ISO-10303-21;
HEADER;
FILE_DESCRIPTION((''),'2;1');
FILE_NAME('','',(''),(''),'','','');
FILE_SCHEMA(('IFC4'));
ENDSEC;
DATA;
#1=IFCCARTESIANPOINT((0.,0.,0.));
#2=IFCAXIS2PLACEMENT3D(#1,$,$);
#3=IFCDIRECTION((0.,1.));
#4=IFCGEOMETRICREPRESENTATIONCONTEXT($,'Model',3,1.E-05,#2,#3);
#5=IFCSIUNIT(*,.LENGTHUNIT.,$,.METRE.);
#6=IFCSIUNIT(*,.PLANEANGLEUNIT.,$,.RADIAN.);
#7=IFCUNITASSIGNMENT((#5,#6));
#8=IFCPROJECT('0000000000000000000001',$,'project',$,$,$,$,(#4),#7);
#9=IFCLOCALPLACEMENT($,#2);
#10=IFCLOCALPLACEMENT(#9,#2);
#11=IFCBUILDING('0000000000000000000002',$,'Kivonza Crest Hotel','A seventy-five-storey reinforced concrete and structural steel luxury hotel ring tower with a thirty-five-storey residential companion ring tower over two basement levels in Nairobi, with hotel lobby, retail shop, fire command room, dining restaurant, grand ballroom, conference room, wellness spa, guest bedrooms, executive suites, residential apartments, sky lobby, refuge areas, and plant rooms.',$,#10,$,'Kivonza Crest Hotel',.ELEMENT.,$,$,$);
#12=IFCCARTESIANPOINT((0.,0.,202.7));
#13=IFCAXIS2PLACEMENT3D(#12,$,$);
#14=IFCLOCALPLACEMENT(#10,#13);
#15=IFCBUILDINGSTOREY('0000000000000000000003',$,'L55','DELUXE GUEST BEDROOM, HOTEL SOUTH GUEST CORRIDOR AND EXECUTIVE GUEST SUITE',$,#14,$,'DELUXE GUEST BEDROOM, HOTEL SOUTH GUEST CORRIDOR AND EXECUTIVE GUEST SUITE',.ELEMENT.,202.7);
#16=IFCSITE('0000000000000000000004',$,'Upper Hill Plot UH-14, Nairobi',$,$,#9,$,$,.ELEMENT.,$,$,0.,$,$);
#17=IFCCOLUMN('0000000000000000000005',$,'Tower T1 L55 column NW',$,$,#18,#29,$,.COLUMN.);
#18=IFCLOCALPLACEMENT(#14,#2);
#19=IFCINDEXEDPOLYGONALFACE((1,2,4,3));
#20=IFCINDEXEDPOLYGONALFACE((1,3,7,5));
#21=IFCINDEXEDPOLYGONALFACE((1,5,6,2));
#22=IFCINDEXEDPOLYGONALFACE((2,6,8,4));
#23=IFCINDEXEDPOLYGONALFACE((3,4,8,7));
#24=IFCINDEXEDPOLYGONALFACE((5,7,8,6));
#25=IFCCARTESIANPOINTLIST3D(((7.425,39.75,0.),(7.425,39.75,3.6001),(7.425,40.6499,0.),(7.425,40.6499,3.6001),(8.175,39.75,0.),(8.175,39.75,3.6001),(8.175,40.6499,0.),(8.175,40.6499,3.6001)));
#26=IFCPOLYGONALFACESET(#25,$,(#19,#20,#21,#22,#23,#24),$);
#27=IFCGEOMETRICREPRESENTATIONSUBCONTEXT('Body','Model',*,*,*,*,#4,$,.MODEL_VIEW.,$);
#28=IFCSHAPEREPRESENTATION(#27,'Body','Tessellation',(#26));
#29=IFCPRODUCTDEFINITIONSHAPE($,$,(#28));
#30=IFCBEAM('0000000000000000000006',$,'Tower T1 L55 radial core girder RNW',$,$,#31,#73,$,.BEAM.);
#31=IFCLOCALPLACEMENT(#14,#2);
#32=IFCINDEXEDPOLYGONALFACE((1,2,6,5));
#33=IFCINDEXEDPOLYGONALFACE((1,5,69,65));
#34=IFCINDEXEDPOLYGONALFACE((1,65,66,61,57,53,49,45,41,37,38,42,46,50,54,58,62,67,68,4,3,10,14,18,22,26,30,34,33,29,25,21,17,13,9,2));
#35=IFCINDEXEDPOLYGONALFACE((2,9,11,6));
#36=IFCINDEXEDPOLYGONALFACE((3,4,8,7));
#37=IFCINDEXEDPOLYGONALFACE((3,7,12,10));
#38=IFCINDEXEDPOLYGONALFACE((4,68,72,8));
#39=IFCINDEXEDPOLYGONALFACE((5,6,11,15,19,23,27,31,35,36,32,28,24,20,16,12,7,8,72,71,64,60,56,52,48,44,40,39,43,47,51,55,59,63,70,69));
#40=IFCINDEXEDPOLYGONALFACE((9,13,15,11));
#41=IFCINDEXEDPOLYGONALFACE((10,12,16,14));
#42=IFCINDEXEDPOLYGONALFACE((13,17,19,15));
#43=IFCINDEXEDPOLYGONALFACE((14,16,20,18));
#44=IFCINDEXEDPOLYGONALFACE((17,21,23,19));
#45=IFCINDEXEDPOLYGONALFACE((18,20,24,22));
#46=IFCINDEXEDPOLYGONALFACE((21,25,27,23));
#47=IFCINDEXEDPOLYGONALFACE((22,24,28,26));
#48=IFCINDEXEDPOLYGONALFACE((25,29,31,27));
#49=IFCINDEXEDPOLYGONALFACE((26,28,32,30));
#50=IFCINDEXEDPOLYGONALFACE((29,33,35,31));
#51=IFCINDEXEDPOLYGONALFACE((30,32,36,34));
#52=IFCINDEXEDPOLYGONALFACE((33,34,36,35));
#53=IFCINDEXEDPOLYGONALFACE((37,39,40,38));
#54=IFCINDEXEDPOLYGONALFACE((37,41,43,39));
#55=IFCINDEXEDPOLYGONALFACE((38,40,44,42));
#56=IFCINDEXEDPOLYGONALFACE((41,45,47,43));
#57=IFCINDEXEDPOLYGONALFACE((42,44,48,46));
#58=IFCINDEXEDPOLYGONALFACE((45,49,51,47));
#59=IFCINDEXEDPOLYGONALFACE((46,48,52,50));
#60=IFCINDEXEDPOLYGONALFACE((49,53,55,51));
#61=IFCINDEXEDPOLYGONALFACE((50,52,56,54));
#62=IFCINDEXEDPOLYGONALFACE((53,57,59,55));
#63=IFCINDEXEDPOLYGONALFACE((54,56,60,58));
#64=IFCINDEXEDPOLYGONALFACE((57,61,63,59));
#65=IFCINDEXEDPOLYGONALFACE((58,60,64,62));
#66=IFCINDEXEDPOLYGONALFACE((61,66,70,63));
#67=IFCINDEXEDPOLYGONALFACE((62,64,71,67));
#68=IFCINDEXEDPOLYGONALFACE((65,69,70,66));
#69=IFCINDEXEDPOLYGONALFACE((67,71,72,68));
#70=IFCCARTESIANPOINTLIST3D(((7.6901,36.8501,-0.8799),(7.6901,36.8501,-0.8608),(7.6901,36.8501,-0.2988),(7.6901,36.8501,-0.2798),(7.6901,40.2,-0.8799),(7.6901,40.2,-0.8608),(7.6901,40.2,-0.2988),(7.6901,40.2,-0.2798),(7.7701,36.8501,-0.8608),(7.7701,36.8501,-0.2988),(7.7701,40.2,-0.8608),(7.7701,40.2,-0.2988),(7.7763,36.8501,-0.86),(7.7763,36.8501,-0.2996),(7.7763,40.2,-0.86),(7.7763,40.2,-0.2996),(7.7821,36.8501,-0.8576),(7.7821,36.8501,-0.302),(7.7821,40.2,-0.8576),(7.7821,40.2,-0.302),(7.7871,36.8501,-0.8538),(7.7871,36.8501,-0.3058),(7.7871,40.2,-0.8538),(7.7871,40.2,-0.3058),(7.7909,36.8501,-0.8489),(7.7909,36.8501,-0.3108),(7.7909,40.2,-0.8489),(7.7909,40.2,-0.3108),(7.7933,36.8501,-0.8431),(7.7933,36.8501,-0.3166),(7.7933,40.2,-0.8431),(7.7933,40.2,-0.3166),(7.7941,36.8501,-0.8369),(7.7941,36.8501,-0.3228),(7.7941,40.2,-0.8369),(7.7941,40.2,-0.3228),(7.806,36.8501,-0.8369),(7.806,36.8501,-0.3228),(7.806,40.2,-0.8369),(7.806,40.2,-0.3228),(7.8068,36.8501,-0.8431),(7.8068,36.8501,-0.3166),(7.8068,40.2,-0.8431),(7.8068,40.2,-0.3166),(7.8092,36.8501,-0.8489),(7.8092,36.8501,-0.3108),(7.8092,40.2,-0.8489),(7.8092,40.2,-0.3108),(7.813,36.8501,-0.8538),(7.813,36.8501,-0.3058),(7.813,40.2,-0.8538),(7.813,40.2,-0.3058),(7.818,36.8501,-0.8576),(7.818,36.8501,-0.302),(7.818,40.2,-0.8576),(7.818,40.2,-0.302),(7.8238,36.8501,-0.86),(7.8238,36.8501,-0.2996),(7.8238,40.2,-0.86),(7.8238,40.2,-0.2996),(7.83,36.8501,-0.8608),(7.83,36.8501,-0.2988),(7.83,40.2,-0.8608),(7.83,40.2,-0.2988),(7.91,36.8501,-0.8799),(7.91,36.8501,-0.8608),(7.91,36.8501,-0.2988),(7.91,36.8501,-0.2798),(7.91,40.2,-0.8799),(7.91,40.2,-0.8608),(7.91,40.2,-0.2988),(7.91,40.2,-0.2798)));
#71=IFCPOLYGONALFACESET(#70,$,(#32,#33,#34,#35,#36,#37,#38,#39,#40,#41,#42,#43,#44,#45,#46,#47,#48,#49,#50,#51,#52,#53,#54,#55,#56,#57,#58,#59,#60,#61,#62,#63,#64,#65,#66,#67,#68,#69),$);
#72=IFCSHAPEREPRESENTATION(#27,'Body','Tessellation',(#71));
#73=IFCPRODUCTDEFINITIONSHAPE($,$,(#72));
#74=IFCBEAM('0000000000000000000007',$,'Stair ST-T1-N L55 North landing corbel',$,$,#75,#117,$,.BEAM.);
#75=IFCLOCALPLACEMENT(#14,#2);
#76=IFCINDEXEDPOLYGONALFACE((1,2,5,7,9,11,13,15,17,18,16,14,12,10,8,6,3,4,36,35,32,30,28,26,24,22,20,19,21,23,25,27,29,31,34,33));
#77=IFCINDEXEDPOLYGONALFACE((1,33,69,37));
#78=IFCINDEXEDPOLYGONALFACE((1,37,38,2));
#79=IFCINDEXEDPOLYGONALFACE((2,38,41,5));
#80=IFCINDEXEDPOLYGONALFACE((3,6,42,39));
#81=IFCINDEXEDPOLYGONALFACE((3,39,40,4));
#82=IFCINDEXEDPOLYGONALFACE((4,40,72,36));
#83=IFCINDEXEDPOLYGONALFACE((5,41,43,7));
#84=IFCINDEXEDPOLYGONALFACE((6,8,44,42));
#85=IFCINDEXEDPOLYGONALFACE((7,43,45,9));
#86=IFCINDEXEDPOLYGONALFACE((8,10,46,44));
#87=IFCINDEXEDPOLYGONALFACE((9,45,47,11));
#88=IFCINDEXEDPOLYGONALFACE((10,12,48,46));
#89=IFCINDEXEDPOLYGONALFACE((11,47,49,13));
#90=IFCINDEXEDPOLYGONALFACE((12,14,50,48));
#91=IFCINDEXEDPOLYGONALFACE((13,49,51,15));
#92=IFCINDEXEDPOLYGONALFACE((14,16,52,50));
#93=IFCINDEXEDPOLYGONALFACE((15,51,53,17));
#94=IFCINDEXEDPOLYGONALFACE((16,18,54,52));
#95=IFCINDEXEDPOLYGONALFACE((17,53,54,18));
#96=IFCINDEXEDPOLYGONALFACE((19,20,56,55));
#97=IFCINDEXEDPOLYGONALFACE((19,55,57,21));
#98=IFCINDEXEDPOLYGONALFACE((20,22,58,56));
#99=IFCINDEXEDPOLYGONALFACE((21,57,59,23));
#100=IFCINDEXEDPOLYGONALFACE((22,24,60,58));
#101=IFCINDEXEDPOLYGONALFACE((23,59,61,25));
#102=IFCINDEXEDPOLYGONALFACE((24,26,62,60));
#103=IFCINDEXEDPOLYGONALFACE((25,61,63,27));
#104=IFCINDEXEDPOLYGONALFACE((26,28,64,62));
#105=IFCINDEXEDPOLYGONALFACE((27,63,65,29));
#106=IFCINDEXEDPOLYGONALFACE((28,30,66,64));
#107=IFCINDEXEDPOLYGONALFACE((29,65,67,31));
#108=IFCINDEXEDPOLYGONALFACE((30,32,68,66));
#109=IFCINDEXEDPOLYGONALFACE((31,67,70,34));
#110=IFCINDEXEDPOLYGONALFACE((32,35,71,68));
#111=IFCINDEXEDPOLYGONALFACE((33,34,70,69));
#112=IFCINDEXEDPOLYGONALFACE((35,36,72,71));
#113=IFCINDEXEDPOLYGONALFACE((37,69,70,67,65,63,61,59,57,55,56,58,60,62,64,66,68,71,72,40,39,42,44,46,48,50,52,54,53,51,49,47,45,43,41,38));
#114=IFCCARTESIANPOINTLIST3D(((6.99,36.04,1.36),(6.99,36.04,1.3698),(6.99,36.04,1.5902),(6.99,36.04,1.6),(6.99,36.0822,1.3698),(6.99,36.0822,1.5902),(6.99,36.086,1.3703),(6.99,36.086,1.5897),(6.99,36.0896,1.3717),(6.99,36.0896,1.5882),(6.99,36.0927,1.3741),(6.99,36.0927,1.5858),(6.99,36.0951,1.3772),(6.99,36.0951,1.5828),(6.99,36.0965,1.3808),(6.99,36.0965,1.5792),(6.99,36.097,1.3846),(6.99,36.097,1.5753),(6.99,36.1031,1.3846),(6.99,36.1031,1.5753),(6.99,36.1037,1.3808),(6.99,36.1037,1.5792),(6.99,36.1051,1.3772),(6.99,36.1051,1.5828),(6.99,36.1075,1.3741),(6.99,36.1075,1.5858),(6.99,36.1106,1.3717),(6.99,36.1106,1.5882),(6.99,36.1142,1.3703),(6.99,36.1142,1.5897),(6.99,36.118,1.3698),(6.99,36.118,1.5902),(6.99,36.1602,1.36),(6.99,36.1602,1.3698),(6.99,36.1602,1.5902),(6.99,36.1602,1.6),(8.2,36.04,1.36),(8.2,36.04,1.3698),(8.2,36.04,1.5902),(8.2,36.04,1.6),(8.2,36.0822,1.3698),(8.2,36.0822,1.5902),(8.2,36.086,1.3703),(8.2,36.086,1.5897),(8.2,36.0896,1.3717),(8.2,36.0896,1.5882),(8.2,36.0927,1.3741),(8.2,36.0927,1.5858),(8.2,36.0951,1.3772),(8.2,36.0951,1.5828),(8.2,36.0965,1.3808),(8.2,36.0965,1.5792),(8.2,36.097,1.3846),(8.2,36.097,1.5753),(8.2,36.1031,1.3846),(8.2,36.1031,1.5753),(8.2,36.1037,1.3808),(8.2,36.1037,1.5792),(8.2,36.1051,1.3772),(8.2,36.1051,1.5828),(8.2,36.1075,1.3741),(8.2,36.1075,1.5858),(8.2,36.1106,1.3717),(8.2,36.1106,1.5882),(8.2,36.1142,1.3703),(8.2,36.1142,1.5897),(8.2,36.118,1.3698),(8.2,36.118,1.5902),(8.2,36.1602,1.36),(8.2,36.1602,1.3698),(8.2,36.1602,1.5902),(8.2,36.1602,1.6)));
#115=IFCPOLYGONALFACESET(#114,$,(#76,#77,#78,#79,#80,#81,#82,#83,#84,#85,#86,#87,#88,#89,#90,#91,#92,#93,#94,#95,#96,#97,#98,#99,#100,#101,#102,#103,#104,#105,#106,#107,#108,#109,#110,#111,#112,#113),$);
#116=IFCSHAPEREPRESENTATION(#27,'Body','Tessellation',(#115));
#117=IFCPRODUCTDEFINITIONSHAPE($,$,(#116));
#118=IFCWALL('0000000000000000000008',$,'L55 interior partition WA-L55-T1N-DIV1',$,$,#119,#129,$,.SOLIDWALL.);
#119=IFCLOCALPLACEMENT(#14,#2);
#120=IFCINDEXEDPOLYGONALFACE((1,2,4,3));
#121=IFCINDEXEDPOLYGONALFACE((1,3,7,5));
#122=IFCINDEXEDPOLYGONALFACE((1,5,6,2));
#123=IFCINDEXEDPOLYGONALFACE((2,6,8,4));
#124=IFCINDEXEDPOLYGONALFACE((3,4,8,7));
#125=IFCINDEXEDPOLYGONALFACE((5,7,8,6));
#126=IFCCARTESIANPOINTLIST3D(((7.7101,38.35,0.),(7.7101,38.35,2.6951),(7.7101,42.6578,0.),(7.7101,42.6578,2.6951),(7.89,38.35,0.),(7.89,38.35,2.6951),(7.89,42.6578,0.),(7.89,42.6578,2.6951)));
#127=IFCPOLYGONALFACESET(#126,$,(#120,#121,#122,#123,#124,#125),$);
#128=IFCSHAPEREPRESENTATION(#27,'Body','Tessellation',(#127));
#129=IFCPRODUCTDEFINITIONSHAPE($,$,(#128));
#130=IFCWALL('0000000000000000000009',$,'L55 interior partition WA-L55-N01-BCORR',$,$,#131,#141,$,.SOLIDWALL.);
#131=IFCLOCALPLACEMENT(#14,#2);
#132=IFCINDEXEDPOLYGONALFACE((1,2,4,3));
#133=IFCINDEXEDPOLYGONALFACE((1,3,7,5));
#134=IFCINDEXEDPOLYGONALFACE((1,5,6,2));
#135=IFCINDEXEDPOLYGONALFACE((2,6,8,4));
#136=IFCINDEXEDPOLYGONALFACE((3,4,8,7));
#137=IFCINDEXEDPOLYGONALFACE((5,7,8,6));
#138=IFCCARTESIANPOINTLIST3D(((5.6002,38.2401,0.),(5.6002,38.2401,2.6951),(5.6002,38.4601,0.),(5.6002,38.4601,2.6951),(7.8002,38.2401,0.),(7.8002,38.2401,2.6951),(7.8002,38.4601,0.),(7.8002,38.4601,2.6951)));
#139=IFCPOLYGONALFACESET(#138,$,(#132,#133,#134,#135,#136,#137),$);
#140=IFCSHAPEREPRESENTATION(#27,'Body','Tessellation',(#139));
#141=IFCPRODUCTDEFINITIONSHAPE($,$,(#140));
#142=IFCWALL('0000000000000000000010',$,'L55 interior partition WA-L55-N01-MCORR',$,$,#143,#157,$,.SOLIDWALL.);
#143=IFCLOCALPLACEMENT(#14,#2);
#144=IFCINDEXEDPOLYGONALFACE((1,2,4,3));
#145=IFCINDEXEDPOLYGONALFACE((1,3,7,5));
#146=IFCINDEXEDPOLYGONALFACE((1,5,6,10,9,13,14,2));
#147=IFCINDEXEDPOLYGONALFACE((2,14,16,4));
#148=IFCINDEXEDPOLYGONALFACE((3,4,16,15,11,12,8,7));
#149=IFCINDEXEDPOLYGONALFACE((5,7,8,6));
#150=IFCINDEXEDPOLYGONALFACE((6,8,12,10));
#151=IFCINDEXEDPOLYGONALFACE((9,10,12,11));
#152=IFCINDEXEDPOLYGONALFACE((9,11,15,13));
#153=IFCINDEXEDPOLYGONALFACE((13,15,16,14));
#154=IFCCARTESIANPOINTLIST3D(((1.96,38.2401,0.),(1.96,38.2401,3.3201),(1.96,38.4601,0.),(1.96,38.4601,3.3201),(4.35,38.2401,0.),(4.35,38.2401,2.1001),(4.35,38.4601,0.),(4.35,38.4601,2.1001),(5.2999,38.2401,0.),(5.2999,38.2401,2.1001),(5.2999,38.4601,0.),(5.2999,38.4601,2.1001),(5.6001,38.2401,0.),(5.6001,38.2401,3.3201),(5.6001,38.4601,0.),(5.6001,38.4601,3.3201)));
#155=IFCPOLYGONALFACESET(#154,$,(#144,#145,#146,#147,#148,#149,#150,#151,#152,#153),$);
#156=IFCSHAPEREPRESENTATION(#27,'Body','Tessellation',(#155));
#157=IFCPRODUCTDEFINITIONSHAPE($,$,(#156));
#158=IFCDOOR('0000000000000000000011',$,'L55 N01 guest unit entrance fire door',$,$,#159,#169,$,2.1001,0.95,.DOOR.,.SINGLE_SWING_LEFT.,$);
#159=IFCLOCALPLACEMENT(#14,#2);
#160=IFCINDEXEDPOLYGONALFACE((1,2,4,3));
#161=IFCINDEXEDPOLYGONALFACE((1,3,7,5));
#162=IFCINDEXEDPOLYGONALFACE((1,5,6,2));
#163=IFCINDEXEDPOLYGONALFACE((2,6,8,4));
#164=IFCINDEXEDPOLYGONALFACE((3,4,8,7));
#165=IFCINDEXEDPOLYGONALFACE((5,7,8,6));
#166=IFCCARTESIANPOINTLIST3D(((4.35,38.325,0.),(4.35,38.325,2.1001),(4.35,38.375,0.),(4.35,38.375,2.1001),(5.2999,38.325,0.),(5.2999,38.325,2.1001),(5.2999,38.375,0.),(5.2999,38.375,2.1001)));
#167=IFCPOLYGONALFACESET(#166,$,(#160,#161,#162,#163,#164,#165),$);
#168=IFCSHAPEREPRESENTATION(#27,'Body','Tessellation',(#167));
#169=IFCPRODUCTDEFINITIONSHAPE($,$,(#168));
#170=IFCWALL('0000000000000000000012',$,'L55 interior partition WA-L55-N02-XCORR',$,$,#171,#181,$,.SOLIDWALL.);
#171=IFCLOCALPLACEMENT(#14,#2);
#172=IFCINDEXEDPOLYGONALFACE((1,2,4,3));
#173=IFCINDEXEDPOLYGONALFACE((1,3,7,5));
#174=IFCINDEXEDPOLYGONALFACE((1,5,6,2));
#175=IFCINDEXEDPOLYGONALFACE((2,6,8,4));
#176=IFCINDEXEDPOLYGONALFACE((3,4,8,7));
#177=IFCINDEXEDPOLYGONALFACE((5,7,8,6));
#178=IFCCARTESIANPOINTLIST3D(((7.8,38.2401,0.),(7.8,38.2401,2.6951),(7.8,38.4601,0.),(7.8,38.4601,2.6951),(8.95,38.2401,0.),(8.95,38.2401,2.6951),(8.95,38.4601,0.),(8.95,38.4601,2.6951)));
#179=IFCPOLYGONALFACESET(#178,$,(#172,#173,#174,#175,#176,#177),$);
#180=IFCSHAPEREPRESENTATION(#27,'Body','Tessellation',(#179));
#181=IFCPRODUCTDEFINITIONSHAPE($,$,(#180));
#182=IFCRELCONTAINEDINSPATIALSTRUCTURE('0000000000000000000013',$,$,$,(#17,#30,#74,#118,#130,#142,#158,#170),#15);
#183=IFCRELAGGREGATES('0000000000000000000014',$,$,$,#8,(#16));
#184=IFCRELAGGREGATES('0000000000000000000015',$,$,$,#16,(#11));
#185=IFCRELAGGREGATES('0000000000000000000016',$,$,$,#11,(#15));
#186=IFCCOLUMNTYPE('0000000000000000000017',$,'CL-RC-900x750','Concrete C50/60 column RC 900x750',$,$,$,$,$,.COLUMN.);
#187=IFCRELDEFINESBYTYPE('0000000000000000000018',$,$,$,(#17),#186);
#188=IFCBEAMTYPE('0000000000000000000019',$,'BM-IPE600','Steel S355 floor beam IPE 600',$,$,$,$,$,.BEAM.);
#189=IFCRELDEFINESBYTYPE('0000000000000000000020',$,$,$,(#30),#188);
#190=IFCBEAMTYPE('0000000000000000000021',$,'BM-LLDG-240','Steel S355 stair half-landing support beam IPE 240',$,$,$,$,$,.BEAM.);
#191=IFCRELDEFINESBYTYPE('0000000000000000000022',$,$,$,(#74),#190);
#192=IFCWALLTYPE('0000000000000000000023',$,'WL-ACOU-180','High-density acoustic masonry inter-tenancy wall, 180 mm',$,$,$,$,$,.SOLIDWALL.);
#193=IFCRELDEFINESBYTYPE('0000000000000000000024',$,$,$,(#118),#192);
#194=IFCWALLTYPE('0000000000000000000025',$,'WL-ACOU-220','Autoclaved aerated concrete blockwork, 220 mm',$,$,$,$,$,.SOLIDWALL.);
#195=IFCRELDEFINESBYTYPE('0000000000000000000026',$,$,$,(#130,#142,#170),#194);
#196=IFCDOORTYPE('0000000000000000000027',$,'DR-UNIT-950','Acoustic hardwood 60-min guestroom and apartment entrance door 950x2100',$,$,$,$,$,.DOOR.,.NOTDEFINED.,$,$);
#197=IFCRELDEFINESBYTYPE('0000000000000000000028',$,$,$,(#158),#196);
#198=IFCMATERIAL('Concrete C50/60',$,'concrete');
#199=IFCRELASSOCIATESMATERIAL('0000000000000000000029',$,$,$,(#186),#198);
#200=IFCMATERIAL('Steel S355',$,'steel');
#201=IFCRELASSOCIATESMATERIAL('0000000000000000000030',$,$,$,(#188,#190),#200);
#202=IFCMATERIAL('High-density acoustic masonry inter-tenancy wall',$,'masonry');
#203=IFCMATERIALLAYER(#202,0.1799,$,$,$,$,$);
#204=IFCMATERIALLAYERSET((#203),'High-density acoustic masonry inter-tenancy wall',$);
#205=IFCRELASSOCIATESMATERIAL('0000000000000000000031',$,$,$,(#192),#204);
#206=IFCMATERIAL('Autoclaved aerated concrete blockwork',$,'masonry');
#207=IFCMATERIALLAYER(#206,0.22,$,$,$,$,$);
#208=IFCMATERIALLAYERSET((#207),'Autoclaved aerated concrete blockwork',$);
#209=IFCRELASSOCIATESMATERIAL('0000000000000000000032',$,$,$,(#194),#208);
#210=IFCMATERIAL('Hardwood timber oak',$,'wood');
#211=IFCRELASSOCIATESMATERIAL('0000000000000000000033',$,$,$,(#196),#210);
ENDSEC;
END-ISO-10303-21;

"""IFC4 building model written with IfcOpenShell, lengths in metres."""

from ifc_helpers import new_model, si_unit, direction, frame, frame_2d, origin, origin_2d, place, context, subcontext, project, spatial, rectangle, i_section, extrude, material, layer, layer_set, material_profile, profile_set, type_object, element, fill, save


model = new_model("IFC4")

# Units and contexts
model_context = context("Model", 3, precision=1e-05, world=origin(), true_north=direction((0.0, 1.0)))
body_context = subcontext(model_context, "Body", "Model", "MODEL_VIEW")
ifc_project = project(units=[si_unit("LENGTHUNIT", "METRE"), si_unit("PLANEANGLEUNIT", "RADIAN")], contexts=[model_context])

# Site, building, storey
site_placement = place(None, origin())
site = spatial("IfcSite", under=ifc_project, at=site_placement, Name="Upper Hill Plot UH-14, Nairobi", CompositionType="ELEMENT", RefElevation=0.0)
building_placement = place(site_placement, origin())
building = spatial("IfcBuilding", under=site, at=building_placement, Name="Kivonza Crest Hotel", Description="A seventy-five-storey reinforced concrete and structural steel luxury hotel ring tower with a thirty-five-storey residential companion ring tower over two basement levels in Nairobi, with hotel lobby, retail shop, fire command room, dining restaurant, grand ballroom, conference room, wellness spa, guest bedrooms, executive suites, residential apartments, sky lobby, refuge areas, and plant rooms.", LongName="Kivonza Crest Hotel", CompositionType="ELEMENT")
storey_placement = place(building_placement, frame((0.0, 0.0, 202.7)))
storey = spatial("IfcBuildingStorey", under=building, at=storey_placement, Name="L55", Description="DELUXE GUEST BEDROOM, HOTEL SOUTH GUEST CORRIDOR AND EXECUTIVE GUEST SUITE", LongName="DELUXE GUEST BEDROOM, HOTEL SOUTH GUEST CORRIDOR AND EXECUTIVE GUEST SUITE", CompositionType="ELEMENT", Elevation=202.7)

# Column
ifc_material_1 = material(Name="Concrete C50/60", Category="concrete")
ifc_material_profile_1 = material_profile(ifc_material_1, rectangle(XDim=0.75, YDim=0.8999, at=origin_2d()), Name="RC 900x750")
ifc_profile_set_1 = profile_set([ifc_material_profile_1], Name="Concrete C50/60")
column_type = type_object("IfcColumnType", Name="CL-RC-900x750", Description="Concrete C50/60 column RC 900x750", PredefinedType="COLUMN", material=ifc_profile_set_1)
column_placement = place(storey_placement, frame((7.8, 40.2, 0.0), z_axis=(0.0, 0.0, 1.0), x_axis=(1.0, 0.0, 0.0)))
element("IfcColumn", 1, at=column_placement, inside=storey, type_object=column_type, Name="Tower T1 L55 column NW", PredefinedType="COLUMN", context=body_context, shape_type="SweptSolid", body=[
    extrude(rectangle(XDim=0.75, YDim=0.8999, at=origin_2d()), origin(), (0.0, 0.0, 1.0), 3.6001),
])

# Beams
ifc_material_2 = material(Name="Steel S355", Category="steel")
ifc_material_profile_2 = material_profile(ifc_material_2, i_section(OverallWidth=0.22, OverallDepth=0.6001, WebThickness=0.012, FlangeThickness=0.019, FilletRadius=0.0239, at=origin_2d()), Name="IPE 600")
ifc_profile_set_2 = profile_set([ifc_material_profile_2], Name="Steel S355")
beam_type_1 = type_object("IfcBeamType", Name="BM-IPE600", Description="Steel S355 floor beam IPE 600", PredefinedType="BEAM", material=ifc_profile_set_2)
beam_1_placement = place(storey_placement, frame((7.8, 40.2, -0.5798), z_axis=(0.0, -1.0, 0.0), x_axis=(1.0, 0.0, 0.0)))
element("IfcBeam", 2, at=beam_1_placement, inside=storey, type_object=beam_type_1, Name="Tower T1 L55 radial core girder RNW", PredefinedType="BEAM", context=body_context, shape_type="SweptSolid", body=[
    extrude(i_section(OverallWidth=0.22, OverallDepth=0.6001, WebThickness=0.012, FlangeThickness=0.019, FilletRadius=0.0239, at=origin_2d()), origin(), (0.0, 0.0, 1.0), 3.3499),
])
ifc_material_profile_3 = material_profile(ifc_material_2, i_section(OverallWidth=0.1201, OverallDepth=0.24, WebThickness=0.0061, FlangeThickness=0.0098, FilletRadius=0.0149, at=origin_2d()), Name="IPE 240")
ifc_profile_set_3 = profile_set([ifc_material_profile_3], Name="Steel S355")
beam_type_2 = type_object("IfcBeamType", Name="BM-LLDG-240", Description="Steel S355 stair half-landing support beam IPE 240", PredefinedType="BEAM", material=ifc_profile_set_3)
beam_2_placement = place(storey_placement, frame((6.99, 36.1001, 1.48), z_axis=(1.0, 0.0, 0.0), x_axis=(0.0, 1.0, 0.0)))
element("IfcBeam", 3, at=beam_2_placement, inside=storey, type_object=beam_type_2, Name="Stair ST-T1-N L55 North landing corbel", PredefinedType="BEAM", context=body_context, shape_type="SweptSolid", body=[
    extrude(i_section(OverallWidth=0.1201, OverallDepth=0.24, WebThickness=0.0061, FlangeThickness=0.0098, FilletRadius=0.0149, at=origin_2d()), origin(), (0.0, 0.0, 1.0), 1.21),
])

# Walls
ifc_material_3 = material(Name="High-density acoustic masonry inter-tenancy wall", Category="masonry")
ifc_layer_1 = layer(ifc_material_3, 0.1799)
ifc_layer_set_1 = layer_set([ifc_layer_1], Name="High-density acoustic masonry inter-tenancy wall")
wall_type_1 = type_object("IfcWallType", Name="WL-ACOU-180", Description="High-density acoustic masonry inter-tenancy wall, 180 mm", PredefinedType="SOLIDWALL", material=ifc_layer_set_1)
wall_1_placement = place(storey_placement, frame((7.8, 38.3501, 0.0), z_axis=(0.0, 0.0, 1.0), x_axis=(0.0, 1.0, 0.0)))
element("IfcWall", 4, at=wall_1_placement, inside=storey, type_object=wall_type_1, Name="L55 interior partition WA-L55-T1N-DIV1", PredefinedType="SOLIDWALL", context=body_context, shape_type="SweptSolid", body=[
    extrude(rectangle(XDim=4.3079, YDim=0.1799, at=frame_2d((2.1538, 0.0))), origin(), (0.0, 0.0, 1.0), 2.6951),
])
ifc_material_4 = material(Name="Autoclaved aerated concrete blockwork", Category="masonry")
ifc_layer_2 = layer(ifc_material_4, 0.22)
ifc_layer_set_2 = layer_set([ifc_layer_2], Name="Autoclaved aerated concrete blockwork")
wall_type_2 = type_object("IfcWallType", Name="WL-ACOU-220", Description="Autoclaved aerated concrete blockwork, 220 mm", PredefinedType="SOLIDWALL", material=ifc_layer_set_2)
wall_2_placement = place(storey_placement, frame((5.6001, 38.3501, 0.0), z_axis=(0.0, 0.0, 1.0), x_axis=(1.0, 0.0, 0.0)))
element("IfcWall", 5, at=wall_2_placement, inside=storey, type_object=wall_type_2, Name="L55 interior partition WA-L55-N01-BCORR", PredefinedType="SOLIDWALL", context=body_context, shape_type="SweptSolid", body=[
    extrude(rectangle(XDim=2.2, YDim=0.22, at=frame_2d((1.1001, 0.0))), origin(), (0.0, 0.0, 1.0), 2.6951),
])

# Wall, opening, door
wall_3_placement = place(storey_placement, frame((1.96, 38.3501, 0.0), z_axis=(0.0, 0.0, 1.0), x_axis=(1.0, 0.0, 0.0)))
wall_3 = element("IfcWall", 6, at=wall_3_placement, inside=storey, type_object=wall_type_2, Name="L55 interior partition WA-L55-N01-MCORR", PredefinedType="SOLIDWALL", context=body_context, shape_type="SweptSolid", body=[
    extrude(rectangle(XDim=3.6401, YDim=0.22, at=frame_2d((1.8201, 0.0))), origin(), (0.0, 0.0, 1.0), 3.3201),
])
opening_1_placement = place(wall_3_placement, frame((2.3899, 0.0, 0.0)))
opening_1 = element("IfcOpeningElement", 7, at=opening_1_placement, cuts=wall_3, PredefinedType="OPENING", context=body_context, shape_type="SweptSolid", body=[
    extrude(rectangle(XDim=0.95, YDim=2.1001, at=frame_2d((0.4751, 1.05))), frame((0.0, 0.1201, 0.0), z_axis=(0.0, -1.0, 0.0), x_axis=(1.0, 0.0, 0.0)), (0.0, 0.0, 1.0), 0.24),
])
ifc_material_5 = material(Name="Hardwood timber oak", Category="wood")
door_type_1 = type_object("IfcDoorType", Name="DR-UNIT-950", Description="Acoustic hardwood 60-min guestroom and apartment entrance door 950x2100", OperationType="NOTDEFINED", PredefinedType="DOOR", material=ifc_material_5)
door_1_placement = place(opening_1_placement, origin())
door_1 = element("IfcDoor", 8, at=door_1_placement, inside=storey, type_object=door_type_1, Name="L55 N01 guest unit entrance fire door", OperationType="SINGLE_SWING_LEFT", OverallHeight=2.1001, OverallWidth=0.95, PredefinedType="DOOR", context=body_context, shape_type="SweptSolid", body=[
    extrude(rectangle(XDim=0.95, YDim=2.1001, at=frame_2d((0.4751, 1.05))), frame((0.0, 0.0249, 0.0), z_axis=(0.0, -1.0, 0.0), x_axis=(1.0, 0.0, 0.0)), (0.0, 0.0, 1.0), 0.05),
])
fill(opening_1, door_1)

# Wall
wall_4_placement = place(storey_placement, frame((7.8, 38.3501, 0.0), z_axis=(0.0, 0.0, 1.0), x_axis=(1.0, 0.0, 0.0)))
element("IfcWall", 9, at=wall_4_placement, inside=storey, type_object=wall_type_2, Name="L55 interior partition WA-L55-N02-XCORR", PredefinedType="SOLIDWALL", context=body_context, shape_type="SweptSolid", body=[
    extrude(rectangle(XDim=1.1499, YDim=0.22, at=frame_2d((0.575, 0.0))), origin(), (0.0, 0.0, 1.0), 2.6951),
])

save(model, "model.ifc")
